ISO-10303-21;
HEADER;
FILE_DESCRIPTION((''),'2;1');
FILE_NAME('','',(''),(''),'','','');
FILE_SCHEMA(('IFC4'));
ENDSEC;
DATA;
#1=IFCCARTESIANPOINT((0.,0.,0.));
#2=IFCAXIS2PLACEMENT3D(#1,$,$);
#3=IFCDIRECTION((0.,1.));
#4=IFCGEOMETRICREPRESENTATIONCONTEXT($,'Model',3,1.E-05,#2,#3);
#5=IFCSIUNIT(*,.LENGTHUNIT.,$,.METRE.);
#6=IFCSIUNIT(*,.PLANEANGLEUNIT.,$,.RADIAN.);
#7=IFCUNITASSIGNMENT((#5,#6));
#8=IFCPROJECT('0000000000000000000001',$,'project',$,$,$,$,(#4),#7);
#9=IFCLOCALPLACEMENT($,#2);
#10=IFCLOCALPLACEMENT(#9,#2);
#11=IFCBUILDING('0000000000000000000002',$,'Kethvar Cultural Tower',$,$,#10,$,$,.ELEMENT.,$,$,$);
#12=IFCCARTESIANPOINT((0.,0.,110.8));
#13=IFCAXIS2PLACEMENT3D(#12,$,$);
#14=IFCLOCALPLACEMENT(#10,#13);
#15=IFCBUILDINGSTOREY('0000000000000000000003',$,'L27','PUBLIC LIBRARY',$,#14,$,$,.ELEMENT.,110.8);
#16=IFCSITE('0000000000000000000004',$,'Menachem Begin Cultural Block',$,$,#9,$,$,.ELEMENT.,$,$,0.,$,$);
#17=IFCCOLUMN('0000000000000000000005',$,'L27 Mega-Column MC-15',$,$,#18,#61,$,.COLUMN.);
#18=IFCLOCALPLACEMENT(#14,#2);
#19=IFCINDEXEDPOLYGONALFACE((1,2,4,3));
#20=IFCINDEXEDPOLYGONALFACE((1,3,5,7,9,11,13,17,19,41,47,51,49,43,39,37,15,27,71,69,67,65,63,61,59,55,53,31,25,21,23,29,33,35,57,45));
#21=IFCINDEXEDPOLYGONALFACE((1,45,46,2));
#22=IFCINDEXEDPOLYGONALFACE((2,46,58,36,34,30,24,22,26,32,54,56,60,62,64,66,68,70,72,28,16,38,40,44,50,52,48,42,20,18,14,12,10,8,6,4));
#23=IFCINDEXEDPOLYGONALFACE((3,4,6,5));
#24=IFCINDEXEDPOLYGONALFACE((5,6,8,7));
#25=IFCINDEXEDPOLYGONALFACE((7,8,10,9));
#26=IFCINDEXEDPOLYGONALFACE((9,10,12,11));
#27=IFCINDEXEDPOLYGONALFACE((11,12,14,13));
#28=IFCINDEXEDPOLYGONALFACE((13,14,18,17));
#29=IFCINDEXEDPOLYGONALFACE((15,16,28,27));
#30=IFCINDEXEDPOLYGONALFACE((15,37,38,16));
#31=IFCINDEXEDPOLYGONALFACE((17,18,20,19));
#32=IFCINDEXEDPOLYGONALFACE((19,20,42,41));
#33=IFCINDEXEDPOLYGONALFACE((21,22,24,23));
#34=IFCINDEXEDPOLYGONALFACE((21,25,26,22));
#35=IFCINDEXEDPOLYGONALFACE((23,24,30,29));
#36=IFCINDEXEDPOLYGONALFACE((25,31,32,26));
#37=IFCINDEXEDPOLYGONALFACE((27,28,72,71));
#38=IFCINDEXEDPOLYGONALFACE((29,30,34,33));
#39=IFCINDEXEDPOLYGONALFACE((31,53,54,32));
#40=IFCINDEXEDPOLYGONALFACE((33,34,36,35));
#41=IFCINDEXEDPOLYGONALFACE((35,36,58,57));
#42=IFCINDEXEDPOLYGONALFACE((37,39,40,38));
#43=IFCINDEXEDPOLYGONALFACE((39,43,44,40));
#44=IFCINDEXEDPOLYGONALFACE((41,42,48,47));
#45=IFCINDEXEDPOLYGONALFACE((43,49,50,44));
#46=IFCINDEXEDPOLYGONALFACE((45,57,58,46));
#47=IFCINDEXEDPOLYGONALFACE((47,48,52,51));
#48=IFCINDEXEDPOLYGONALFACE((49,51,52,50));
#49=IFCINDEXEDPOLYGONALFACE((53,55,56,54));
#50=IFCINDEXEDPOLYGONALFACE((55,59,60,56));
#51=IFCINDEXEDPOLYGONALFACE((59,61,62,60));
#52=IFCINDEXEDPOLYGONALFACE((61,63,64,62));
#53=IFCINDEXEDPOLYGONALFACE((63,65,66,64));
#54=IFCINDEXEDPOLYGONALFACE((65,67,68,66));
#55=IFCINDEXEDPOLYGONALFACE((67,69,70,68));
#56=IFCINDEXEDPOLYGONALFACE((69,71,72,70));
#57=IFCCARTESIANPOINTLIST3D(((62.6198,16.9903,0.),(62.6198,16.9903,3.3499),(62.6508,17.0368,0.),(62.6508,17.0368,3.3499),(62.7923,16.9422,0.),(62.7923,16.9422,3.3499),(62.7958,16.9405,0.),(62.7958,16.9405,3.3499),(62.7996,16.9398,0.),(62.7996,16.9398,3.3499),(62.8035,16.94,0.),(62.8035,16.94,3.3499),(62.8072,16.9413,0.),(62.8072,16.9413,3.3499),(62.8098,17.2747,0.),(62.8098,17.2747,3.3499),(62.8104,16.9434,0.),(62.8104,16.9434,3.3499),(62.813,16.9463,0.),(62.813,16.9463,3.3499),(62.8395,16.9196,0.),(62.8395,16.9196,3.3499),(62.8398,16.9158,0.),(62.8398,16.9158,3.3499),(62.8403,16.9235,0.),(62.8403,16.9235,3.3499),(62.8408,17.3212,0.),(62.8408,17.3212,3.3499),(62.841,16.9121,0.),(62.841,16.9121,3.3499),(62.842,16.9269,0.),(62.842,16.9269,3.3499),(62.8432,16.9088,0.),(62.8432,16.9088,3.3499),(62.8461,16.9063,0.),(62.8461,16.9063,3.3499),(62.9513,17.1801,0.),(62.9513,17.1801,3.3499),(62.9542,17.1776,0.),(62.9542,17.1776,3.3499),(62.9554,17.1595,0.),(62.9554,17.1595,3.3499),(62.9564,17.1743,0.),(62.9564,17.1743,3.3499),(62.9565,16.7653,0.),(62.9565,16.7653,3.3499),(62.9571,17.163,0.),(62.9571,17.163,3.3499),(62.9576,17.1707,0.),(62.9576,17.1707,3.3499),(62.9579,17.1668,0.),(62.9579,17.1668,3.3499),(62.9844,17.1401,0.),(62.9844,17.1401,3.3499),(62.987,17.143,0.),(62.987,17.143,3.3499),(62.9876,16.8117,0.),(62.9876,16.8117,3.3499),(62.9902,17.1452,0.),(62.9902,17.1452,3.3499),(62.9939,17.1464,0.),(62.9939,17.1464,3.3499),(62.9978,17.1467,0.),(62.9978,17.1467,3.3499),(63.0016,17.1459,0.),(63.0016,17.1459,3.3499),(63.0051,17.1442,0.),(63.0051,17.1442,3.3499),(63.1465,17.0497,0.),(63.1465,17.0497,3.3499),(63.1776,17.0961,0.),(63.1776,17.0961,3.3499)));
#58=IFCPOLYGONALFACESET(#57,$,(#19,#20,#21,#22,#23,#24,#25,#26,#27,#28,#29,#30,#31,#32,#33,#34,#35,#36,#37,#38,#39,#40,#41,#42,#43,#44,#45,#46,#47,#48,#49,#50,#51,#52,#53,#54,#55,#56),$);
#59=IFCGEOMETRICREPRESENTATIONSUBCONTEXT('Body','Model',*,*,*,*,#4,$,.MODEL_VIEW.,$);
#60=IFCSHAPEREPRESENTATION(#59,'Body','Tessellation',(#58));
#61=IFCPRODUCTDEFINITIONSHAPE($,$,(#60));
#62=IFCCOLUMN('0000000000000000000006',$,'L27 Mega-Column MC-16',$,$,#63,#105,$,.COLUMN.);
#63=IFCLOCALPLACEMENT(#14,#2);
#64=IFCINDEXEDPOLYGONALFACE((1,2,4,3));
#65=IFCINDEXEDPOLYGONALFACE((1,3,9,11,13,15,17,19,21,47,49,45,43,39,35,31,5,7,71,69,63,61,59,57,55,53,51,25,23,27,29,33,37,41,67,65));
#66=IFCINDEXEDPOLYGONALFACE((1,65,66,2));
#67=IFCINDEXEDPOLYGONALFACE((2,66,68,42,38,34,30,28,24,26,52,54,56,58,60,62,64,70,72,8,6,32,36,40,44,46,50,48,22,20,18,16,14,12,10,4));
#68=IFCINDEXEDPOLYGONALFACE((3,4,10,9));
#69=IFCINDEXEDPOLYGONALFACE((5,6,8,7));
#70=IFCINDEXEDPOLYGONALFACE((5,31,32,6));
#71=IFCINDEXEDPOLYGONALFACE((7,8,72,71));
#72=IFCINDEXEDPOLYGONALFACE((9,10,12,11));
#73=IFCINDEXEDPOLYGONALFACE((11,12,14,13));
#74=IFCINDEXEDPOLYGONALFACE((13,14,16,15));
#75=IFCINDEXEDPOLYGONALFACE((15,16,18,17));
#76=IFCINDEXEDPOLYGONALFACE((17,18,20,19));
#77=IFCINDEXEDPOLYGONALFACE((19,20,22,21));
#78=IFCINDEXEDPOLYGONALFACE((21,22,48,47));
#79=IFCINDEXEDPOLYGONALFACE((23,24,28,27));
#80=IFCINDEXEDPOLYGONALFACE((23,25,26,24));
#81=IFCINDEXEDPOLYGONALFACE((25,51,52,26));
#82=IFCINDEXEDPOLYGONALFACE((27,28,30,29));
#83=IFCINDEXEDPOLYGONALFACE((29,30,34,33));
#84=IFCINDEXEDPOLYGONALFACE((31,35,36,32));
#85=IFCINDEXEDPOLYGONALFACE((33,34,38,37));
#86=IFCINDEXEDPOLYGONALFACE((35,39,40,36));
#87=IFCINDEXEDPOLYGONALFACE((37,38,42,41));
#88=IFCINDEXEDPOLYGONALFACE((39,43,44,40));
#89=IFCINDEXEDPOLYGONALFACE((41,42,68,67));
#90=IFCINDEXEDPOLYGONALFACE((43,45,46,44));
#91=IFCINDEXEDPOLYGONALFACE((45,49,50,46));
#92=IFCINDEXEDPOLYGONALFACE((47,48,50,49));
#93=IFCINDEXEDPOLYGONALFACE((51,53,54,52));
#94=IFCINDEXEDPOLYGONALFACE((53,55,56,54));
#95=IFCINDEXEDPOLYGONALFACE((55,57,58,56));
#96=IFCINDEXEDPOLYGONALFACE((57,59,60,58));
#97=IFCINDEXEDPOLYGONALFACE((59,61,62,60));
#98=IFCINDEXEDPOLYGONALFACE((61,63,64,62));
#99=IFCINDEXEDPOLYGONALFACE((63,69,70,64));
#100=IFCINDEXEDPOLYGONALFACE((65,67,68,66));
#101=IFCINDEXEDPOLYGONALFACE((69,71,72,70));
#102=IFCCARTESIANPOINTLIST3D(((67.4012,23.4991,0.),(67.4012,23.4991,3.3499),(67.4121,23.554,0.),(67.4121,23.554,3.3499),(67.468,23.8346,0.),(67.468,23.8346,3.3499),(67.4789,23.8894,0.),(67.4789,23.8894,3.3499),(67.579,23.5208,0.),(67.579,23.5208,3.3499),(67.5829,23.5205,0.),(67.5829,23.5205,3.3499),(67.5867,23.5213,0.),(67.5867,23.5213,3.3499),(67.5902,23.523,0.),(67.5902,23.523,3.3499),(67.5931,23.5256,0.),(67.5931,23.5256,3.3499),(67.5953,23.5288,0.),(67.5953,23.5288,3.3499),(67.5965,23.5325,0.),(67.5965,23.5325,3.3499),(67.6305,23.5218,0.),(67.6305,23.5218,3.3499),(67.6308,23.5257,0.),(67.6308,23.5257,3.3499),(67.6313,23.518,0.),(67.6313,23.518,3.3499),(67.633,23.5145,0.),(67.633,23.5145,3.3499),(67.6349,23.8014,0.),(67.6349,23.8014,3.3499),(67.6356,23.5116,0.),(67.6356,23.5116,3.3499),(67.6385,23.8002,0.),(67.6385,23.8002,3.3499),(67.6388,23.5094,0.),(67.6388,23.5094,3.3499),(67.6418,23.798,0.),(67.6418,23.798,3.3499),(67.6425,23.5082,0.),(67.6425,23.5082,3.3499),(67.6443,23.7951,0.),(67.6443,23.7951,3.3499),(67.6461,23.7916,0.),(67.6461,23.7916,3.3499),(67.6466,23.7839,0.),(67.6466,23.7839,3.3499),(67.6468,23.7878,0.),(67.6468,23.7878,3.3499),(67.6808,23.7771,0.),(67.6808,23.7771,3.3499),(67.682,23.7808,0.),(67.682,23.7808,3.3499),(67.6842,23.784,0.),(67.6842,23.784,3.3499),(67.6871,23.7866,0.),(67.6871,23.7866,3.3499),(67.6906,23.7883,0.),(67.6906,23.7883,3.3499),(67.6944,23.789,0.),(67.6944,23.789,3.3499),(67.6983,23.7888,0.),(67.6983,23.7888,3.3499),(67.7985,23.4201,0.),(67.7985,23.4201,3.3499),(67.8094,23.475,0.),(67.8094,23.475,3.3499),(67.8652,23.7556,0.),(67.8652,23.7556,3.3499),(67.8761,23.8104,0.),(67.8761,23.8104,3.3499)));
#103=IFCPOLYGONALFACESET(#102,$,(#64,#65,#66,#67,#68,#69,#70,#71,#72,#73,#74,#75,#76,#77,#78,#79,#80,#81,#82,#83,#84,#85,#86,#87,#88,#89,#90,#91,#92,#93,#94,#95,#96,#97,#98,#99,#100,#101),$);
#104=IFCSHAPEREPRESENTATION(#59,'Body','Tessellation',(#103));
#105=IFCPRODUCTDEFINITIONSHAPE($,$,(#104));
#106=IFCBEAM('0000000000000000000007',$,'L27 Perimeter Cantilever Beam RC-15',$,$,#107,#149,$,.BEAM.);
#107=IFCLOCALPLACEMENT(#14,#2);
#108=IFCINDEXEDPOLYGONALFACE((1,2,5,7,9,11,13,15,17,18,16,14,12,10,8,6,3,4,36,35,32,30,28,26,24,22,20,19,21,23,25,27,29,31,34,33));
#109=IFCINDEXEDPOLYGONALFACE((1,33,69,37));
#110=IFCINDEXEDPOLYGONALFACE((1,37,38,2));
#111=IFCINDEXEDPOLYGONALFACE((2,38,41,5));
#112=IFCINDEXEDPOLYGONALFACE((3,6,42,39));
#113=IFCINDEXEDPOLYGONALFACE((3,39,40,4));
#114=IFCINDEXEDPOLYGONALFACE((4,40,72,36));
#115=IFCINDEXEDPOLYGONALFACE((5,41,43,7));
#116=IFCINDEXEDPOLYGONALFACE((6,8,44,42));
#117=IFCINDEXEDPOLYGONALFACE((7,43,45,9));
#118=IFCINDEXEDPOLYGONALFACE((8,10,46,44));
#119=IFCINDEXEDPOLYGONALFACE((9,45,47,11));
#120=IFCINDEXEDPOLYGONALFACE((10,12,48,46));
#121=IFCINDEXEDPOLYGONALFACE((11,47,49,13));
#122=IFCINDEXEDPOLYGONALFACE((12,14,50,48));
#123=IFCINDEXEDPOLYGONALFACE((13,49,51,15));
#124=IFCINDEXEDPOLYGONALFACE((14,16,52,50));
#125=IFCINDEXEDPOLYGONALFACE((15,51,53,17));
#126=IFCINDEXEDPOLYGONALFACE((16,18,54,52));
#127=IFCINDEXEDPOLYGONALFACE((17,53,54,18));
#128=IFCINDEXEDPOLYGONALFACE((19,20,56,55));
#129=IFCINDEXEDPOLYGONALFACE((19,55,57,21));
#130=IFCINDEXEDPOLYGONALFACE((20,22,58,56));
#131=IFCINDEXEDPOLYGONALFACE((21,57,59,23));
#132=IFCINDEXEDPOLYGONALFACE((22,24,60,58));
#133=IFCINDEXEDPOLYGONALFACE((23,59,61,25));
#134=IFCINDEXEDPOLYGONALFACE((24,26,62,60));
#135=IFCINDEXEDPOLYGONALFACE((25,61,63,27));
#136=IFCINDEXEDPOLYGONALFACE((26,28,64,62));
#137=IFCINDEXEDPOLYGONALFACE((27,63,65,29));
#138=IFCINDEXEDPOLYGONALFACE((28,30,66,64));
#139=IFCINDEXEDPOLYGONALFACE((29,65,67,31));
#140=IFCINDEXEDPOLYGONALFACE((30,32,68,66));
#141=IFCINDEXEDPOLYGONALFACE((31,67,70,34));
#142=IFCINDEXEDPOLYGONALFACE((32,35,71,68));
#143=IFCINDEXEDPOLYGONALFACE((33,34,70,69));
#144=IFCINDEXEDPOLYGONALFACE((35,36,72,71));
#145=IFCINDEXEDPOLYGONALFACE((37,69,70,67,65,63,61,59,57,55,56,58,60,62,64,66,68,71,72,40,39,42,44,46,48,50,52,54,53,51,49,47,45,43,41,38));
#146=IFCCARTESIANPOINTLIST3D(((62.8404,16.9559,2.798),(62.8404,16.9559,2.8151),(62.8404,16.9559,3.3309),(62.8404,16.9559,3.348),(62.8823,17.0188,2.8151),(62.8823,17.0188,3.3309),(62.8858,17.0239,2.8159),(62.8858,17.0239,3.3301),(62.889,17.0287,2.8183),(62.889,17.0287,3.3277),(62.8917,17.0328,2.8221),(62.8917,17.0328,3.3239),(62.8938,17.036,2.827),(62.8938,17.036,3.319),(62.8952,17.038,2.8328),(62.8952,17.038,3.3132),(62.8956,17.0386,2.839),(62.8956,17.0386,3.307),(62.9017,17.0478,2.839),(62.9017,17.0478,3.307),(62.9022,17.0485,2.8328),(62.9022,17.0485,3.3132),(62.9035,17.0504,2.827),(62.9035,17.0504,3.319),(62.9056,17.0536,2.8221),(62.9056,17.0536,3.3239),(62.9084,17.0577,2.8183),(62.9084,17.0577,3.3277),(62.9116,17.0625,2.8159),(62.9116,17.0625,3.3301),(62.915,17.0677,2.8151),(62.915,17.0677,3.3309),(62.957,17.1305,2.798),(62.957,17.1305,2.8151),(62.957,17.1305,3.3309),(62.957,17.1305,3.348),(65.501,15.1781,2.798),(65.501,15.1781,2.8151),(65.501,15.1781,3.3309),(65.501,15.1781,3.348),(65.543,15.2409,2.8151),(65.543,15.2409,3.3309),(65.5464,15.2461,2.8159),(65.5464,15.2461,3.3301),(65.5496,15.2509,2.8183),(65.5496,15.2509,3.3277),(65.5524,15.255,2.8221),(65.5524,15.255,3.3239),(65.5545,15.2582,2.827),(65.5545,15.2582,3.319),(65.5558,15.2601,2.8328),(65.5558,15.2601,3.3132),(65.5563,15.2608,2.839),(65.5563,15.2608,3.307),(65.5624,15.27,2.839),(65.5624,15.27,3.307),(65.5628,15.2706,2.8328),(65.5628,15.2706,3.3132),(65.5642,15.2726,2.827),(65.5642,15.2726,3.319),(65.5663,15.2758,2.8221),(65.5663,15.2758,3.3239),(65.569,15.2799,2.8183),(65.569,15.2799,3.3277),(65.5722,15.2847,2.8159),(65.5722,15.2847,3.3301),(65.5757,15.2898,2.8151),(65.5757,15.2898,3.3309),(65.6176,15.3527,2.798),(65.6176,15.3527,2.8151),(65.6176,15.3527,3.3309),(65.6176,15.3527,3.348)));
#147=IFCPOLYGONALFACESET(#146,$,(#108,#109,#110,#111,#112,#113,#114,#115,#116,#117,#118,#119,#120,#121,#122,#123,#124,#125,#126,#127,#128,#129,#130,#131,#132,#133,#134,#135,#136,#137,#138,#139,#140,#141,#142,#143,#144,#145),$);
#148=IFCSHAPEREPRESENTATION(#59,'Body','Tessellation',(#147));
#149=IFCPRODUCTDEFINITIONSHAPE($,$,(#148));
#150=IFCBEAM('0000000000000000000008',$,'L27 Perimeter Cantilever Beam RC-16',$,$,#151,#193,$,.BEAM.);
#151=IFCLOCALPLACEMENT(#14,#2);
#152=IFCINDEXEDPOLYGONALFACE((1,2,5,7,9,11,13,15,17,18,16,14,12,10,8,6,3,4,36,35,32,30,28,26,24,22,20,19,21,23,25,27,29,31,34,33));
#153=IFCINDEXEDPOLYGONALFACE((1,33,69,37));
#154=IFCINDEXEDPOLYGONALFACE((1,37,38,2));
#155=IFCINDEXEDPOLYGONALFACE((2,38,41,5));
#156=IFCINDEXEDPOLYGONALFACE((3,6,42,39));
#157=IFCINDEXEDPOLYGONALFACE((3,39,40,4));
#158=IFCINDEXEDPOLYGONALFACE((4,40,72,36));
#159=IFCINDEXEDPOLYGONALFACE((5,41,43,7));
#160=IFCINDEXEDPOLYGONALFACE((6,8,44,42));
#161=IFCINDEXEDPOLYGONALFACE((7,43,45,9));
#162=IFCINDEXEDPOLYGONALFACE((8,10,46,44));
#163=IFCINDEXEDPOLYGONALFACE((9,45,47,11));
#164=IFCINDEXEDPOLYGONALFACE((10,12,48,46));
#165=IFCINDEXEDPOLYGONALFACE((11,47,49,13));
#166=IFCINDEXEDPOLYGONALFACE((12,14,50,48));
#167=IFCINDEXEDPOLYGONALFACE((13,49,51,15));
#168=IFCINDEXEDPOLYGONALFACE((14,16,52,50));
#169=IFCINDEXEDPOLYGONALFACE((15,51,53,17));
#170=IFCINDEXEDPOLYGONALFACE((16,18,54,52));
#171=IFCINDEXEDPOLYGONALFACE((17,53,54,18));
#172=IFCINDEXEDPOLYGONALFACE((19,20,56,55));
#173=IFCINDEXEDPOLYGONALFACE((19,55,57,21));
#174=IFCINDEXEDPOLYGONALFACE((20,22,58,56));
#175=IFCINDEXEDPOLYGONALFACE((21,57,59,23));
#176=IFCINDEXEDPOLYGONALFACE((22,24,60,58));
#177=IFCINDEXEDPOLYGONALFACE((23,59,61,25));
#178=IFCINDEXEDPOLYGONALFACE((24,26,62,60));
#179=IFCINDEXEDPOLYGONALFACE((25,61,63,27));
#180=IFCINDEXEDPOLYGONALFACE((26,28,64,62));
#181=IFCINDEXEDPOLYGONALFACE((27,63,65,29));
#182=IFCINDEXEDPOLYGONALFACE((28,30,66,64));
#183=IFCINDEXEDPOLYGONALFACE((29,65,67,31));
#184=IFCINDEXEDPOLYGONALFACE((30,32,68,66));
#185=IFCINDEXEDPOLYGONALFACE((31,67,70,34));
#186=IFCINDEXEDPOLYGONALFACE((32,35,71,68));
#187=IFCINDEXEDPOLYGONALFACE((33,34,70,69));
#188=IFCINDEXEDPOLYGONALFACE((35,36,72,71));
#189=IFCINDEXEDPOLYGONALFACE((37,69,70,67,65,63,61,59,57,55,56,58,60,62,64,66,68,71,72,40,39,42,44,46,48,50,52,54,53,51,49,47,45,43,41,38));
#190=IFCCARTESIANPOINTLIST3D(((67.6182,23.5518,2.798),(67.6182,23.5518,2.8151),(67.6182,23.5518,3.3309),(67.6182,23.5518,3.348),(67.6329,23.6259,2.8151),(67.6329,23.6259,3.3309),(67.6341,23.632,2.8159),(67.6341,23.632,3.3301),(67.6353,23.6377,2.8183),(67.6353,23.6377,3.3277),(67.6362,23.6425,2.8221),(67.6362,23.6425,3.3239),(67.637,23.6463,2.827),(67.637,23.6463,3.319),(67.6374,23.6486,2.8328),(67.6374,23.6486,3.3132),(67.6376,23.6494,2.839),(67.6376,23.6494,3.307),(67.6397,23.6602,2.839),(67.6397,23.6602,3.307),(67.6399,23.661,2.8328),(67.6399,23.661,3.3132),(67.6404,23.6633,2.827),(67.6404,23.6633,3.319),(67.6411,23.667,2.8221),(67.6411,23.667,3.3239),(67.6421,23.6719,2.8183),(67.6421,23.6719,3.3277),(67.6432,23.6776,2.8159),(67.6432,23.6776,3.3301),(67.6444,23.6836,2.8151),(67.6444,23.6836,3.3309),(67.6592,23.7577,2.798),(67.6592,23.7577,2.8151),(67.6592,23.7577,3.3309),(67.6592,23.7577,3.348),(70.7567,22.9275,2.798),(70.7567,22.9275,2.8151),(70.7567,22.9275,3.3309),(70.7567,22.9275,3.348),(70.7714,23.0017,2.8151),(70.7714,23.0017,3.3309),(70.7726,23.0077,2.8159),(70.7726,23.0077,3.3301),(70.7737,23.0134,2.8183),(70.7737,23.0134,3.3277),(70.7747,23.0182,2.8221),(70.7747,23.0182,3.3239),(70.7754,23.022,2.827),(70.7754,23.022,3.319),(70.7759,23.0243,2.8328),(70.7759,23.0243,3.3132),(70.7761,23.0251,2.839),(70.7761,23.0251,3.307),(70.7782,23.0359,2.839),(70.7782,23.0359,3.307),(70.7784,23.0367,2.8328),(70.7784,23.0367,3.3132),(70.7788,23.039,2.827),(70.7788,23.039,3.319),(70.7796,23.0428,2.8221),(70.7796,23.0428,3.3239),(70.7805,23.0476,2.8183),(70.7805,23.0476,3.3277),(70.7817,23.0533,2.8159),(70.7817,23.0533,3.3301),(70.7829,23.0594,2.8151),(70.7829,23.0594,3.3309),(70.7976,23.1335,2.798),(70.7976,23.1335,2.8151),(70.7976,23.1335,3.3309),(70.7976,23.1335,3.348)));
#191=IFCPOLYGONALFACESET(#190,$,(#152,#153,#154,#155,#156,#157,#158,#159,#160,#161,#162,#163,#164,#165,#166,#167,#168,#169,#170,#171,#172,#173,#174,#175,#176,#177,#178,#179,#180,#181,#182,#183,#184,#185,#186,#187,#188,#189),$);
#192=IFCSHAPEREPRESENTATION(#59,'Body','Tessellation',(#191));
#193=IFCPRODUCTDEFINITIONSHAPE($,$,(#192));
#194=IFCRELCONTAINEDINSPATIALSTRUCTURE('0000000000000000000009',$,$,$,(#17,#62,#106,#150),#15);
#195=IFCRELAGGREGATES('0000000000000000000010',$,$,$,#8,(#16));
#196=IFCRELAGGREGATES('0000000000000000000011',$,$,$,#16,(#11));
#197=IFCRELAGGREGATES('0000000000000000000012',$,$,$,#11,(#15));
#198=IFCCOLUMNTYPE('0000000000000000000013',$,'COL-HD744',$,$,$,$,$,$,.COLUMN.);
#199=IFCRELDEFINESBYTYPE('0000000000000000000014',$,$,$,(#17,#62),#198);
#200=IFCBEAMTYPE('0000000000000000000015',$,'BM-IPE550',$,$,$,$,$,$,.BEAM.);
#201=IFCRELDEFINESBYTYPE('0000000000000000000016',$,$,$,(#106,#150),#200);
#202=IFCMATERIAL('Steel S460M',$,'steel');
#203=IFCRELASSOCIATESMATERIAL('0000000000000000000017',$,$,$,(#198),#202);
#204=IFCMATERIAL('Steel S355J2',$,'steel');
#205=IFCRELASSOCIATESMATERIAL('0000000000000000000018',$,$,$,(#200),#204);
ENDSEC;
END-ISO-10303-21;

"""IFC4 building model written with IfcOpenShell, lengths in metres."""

from ifc_helpers import new_model, si_unit, direction, frame, origin, origin_2d, place, context, subcontext, project, spatial, i_section, extrude, source, transform, mapped, material, material_profile, profile_set, type_object, element, save


model = new_model("IFC4")

# Units and contexts
model_context = context("Model", 3, precision=1e-05, world=origin(), true_north=direction((0.0, 1.0)))
body_context = subcontext(model_context, "Body", "Model", "MODEL_VIEW")
ifc_project = project(units=[si_unit("LENGTHUNIT", "METRE"), si_unit("PLANEANGLEUNIT", "RADIAN")], contexts=[model_context])

# Site, building, storey
site_placement = place(None, origin())
site = spatial("IfcSite", under=ifc_project, at=site_placement, Name="Menachem Begin Cultural Block", CompositionType="ELEMENT", RefElevation=0.0)
building_placement = place(site_placement, origin())
building = spatial("IfcBuilding", under=site, at=building_placement, Name="Kethvar Cultural Tower", CompositionType="ELEMENT")
storey_placement = place(building_placement, frame((0.0, 0.0, 110.8)))
storey = spatial("IfcBuildingStorey", under=building, at=storey_placement, Name="L27", Description="PUBLIC LIBRARY", CompositionType="ELEMENT", Elevation=110.8)

# Columns
ifc_material_1 = material(Name="Steel S460M", Category="steel")
ifc_material_profile_1 = material_profile(ifc_material_1, i_section(OverallWidth=0.405, OverallDepth=0.3979, WebThickness=0.0349, FlangeThickness=0.0559, FilletRadius=0.0149, at=origin_2d()), Name="Steel S460M — HD400x744")
ifc_profile_set_1 = profile_set([ifc_material_profile_1], Name="Steel S460M — HD400x744")
column_type = type_object("IfcColumnType", Name="COL-HD744", PredefinedType="COLUMN", material=ifc_profile_set_1)
shared_shape_1 = source(origin(), body_context, "Body", "SweptSolid", [
    extrude(i_section(OverallWidth=0.405, OverallDepth=0.3979, WebThickness=0.0349, FlangeThickness=0.0559, FilletRadius=0.0149, at=origin_2d()), origin(), (0.0, 0.0, 1.0), 3.3499),
])
for number, where, z_axis, x_axis, name in (
    (1, (62.8987, 17.0432, 0.0), (0.0, 0.0, 1.0), (0.83147, -0.55557, 0.0), "L27 Mega-Column MC-15"),
    (2, (67.6387, 23.6548, 0.0), (0.0, 0.0, 1.0), (0.980785, -0.19509, 0.0), "L27 Mega-Column MC-16"),
):
    element("IfcColumn", number, at=place(storey_placement, frame(where, z_axis=z_axis, x_axis=x_axis)), inside=storey, type_object=column_type, Name=name, PredefinedType="COLUMN", context=body_context, shape_type="MappedRepresentation", body=[
        mapped(shared_shape_1, transform((0.0, 0.0, 0.0), scale=1.0)),
    ])

# Beams
ifc_material_2 = material(Name="Steel S355J2", Category="steel")
ifc_material_profile_2 = material_profile(ifc_material_2, i_section(OverallWidth=0.21, OverallDepth=0.55, WebThickness=0.011, FlangeThickness=0.0171, FilletRadius=0.0239, at=origin_2d()), Name="Steel S355J2 — IPE550")
ifc_profile_set_2 = profile_set([ifc_material_profile_2], Name="Steel S355J2 — IPE550")
beam_type_1 = type_object("IfcBeamType", Name="BM-IPE550", PredefinedType="BEAM", material=ifc_profile_set_2)
shared_shape_2 = source(origin(), body_context, "Body", "SweptSolid", [
    extrude(i_section(OverallWidth=0.21, OverallDepth=0.55, WebThickness=0.011, FlangeThickness=0.0171, FilletRadius=0.0239, at=origin_2d()), origin(), (0.0, 0.0, 1.0), 3.2),
])
for number, where, z_axis, x_axis, name in (
    (3, (62.8987, 17.0432, 3.073), (0.831463, -0.55558, 0.0), (0.55558, 0.831463, 0.0), "L27 Perimeter Cantilever Beam RC-15"),
    (4, (67.6387, 23.6548, 3.073), (0.980786, -0.195089, 0.0), (0.195089, 0.980786, 0.0), "L27 Perimeter Cantilever Beam RC-16"),
):
    element("IfcBeam", number, at=place(storey_placement, frame(where, z_axis=z_axis, x_axis=x_axis)), inside=storey, type_object=beam_type_1, Name=name, PredefinedType="BEAM", context=body_context, shape_type="MappedRepresentation", body=[
        mapped(shared_shape_2, transform((0.0, 0.0, 0.0), scale=1.0)),
    ])

save(model, "model.ifc")
